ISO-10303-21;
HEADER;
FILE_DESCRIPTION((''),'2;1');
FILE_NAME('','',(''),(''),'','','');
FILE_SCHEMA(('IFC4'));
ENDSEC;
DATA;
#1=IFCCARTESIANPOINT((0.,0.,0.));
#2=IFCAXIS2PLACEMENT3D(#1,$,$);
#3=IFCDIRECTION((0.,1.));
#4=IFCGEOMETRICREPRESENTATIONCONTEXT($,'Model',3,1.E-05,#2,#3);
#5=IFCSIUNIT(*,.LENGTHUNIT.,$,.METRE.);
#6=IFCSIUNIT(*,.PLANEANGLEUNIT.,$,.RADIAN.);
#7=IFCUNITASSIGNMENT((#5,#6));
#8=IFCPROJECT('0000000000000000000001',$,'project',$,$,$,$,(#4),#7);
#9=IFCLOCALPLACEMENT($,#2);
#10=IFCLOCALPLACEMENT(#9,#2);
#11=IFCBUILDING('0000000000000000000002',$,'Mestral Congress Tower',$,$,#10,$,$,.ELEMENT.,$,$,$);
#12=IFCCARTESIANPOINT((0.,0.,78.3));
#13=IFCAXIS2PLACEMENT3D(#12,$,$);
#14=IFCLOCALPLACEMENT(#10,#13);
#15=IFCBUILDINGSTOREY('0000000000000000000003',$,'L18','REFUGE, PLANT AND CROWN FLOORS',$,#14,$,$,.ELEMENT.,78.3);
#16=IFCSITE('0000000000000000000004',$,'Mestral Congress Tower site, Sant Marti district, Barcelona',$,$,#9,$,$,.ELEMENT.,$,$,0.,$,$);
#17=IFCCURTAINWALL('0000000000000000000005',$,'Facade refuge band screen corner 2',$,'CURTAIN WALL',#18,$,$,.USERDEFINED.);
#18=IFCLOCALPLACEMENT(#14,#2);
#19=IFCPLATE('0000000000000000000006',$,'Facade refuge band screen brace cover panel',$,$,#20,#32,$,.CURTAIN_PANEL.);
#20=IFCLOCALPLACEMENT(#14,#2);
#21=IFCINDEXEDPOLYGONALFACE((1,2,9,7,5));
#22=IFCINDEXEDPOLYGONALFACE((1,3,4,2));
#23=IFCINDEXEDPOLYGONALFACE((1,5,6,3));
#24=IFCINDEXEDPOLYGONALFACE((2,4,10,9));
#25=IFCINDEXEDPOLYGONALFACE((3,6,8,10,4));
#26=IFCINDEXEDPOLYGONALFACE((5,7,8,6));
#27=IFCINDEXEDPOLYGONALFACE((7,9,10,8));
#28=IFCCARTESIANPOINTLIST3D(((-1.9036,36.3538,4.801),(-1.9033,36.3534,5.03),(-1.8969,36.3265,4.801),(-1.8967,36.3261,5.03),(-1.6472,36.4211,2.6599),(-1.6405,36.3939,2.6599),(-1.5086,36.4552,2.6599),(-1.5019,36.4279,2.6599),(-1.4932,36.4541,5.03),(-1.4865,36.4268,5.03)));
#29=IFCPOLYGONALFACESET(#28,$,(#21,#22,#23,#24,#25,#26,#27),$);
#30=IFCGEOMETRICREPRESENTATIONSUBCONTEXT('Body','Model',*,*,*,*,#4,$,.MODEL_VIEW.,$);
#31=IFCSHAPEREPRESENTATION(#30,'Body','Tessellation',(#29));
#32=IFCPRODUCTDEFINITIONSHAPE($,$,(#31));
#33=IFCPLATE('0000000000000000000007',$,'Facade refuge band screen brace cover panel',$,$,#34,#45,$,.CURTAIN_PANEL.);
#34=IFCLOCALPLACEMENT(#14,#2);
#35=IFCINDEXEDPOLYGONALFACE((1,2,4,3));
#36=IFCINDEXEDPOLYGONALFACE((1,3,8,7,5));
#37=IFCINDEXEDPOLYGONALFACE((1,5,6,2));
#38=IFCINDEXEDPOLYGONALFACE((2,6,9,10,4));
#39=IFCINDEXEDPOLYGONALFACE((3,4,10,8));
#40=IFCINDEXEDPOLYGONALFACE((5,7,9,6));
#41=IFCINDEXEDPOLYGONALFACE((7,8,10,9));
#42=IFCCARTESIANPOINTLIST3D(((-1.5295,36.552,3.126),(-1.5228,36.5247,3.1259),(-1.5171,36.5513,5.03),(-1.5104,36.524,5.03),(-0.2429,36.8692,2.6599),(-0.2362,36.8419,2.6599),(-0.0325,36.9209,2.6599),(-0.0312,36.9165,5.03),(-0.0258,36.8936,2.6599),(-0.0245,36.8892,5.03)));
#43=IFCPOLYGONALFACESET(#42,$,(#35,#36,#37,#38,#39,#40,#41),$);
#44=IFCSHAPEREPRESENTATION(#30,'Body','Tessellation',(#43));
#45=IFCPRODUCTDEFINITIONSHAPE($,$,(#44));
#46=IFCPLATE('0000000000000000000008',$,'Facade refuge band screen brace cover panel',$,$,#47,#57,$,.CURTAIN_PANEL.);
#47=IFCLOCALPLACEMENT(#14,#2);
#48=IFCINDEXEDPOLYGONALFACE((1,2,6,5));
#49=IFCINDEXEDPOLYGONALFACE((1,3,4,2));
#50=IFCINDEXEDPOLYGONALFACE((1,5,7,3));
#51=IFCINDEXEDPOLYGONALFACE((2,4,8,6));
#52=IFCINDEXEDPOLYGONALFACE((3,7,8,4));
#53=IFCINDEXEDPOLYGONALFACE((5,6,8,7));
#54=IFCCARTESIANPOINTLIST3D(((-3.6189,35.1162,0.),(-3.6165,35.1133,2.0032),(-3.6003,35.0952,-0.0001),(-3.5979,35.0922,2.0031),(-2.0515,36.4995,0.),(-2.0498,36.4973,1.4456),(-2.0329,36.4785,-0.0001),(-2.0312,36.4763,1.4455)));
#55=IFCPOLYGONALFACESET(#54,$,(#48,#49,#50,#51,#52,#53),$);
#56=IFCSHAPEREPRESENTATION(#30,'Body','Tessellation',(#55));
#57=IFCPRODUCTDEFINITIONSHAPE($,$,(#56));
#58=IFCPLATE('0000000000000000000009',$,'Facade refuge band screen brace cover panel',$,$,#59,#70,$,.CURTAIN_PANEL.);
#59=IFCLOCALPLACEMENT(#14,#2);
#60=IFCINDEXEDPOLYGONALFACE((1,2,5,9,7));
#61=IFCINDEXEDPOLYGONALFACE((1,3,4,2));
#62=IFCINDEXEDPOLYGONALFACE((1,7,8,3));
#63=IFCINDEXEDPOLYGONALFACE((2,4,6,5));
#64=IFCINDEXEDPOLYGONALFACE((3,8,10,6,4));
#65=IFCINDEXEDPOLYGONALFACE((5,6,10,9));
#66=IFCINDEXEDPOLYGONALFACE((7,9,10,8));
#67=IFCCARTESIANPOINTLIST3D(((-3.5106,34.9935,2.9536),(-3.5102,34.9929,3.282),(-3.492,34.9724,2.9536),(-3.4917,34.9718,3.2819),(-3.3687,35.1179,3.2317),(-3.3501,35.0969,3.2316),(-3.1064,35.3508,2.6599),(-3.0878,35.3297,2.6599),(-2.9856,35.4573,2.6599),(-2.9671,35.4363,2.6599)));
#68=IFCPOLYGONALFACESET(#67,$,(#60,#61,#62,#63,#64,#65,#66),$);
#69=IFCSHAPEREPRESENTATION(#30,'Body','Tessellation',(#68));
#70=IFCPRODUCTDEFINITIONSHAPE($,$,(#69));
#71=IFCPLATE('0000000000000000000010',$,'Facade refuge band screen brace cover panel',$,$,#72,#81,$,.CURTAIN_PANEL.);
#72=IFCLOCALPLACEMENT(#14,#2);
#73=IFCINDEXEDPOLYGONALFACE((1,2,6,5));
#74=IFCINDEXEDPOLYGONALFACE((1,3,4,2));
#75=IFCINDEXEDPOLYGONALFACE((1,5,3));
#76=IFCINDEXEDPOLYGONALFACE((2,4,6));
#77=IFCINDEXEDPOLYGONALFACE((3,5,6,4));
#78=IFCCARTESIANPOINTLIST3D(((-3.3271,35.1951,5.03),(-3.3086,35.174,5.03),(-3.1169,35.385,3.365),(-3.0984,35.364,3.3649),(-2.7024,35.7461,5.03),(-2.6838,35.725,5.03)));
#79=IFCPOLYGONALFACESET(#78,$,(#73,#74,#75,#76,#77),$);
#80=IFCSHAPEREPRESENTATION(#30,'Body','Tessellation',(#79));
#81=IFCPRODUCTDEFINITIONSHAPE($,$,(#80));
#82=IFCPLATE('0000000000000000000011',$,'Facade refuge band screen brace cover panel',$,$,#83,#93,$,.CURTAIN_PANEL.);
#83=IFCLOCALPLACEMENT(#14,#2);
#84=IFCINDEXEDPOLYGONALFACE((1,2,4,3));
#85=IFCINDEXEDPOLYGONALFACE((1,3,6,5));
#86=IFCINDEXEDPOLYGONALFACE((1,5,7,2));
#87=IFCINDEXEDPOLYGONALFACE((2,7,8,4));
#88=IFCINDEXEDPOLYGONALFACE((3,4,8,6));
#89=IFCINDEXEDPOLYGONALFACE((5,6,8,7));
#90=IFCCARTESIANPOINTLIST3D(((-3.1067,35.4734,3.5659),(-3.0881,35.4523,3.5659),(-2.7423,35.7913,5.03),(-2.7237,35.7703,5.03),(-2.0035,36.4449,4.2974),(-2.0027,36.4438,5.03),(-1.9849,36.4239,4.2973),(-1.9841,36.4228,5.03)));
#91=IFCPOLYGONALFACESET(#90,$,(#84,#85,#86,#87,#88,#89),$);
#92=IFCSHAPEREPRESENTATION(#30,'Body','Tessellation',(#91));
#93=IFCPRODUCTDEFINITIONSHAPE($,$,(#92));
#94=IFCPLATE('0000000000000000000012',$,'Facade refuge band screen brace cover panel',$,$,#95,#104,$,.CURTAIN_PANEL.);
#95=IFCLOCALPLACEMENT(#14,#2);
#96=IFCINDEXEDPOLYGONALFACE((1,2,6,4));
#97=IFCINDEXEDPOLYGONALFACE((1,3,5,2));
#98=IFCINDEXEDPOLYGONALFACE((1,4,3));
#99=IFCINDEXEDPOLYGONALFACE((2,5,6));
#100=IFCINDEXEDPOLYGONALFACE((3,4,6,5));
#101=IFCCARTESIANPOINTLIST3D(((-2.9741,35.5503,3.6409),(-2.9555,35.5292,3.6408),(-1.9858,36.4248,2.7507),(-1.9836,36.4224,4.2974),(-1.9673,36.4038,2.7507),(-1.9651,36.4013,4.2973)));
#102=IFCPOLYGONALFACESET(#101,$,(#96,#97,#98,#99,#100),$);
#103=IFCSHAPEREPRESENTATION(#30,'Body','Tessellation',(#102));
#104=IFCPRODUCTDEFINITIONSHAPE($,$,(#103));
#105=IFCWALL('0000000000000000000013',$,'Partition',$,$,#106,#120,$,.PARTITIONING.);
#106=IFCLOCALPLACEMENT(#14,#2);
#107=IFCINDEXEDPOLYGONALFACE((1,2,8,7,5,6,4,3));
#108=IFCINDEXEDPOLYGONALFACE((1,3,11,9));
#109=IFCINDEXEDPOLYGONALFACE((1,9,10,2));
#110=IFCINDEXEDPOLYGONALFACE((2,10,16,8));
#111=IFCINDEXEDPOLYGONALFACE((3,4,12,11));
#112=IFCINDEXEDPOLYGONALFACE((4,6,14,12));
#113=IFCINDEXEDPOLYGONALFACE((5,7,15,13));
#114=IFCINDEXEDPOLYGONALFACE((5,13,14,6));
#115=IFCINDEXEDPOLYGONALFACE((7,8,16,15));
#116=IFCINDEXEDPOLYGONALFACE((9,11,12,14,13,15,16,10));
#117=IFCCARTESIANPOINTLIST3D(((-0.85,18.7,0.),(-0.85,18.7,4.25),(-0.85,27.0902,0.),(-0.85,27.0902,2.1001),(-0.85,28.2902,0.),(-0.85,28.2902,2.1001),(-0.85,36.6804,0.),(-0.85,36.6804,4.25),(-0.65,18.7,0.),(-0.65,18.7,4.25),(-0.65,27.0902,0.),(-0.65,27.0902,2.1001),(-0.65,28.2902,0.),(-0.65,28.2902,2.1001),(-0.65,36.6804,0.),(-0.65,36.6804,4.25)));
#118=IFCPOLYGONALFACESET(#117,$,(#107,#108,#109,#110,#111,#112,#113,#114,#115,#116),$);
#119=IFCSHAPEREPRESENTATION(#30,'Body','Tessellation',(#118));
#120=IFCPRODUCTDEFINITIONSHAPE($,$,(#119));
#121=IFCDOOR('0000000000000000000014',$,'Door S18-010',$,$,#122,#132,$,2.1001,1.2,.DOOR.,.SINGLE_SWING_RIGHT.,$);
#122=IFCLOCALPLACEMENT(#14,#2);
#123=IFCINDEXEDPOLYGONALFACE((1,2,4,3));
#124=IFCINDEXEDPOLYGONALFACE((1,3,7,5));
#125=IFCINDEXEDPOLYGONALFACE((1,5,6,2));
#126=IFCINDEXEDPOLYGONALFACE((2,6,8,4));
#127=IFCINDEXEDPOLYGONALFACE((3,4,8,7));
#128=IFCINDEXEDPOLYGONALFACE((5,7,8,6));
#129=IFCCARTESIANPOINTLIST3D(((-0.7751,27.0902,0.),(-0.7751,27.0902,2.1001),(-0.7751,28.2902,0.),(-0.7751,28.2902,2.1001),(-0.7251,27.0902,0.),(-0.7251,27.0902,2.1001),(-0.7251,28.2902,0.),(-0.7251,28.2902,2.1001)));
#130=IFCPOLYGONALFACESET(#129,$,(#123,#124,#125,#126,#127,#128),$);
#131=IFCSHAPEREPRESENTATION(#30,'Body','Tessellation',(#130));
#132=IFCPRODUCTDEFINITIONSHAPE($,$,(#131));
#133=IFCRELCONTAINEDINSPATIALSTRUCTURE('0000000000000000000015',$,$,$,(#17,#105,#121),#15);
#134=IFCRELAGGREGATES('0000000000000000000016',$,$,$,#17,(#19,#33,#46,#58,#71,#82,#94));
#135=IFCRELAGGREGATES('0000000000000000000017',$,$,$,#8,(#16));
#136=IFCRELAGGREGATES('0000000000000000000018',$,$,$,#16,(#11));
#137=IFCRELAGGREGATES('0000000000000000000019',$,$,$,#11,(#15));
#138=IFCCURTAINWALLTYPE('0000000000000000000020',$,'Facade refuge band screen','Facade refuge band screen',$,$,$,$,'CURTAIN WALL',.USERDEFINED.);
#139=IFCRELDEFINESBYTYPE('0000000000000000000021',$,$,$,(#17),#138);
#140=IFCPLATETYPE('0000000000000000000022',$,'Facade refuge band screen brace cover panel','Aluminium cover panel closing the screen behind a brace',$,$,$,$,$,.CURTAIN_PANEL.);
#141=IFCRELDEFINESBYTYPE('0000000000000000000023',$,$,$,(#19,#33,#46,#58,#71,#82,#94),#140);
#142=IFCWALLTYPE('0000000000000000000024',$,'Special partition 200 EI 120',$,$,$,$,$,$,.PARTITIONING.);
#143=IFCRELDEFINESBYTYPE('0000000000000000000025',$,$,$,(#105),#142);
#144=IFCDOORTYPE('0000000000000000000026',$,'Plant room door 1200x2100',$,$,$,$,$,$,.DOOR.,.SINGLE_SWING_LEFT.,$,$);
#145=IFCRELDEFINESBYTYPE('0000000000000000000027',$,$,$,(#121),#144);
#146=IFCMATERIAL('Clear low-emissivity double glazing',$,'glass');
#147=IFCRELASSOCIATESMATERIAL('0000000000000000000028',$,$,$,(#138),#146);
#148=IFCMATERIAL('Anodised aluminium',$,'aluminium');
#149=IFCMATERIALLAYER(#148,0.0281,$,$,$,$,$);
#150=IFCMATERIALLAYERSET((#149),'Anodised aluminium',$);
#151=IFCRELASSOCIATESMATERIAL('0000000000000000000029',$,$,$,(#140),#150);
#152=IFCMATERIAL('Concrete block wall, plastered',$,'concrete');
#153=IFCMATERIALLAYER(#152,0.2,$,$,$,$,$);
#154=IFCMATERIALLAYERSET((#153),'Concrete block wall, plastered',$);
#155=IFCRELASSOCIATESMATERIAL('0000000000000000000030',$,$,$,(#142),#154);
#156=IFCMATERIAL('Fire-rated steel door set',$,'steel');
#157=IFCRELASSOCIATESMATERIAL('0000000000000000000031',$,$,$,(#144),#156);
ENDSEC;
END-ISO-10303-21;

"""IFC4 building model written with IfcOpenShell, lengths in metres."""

from ifc_helpers import new_model, si_unit, direction, frame, frame_2d, origin, place, context, subcontext, project, spatial, polyline, rectangle, outline, extrude, material, layer, layer_set, type_object, element, fill, aggregate, save


model = new_model("IFC4")

# Units and contexts
model_context = context("Model", 3, precision=1e-05, world=origin(), true_north=direction((0.0, 1.0)))
body_context = subcontext(model_context, "Body", "Model", "MODEL_VIEW")
ifc_project = project(units=[si_unit("LENGTHUNIT", "METRE"), si_unit("PLANEANGLEUNIT", "RADIAN")], contexts=[model_context])

# Site, building, storey
site_placement = place(None, origin())
site = spatial("IfcSite", under=ifc_project, at=site_placement, Name="Mestral Congress Tower site, Sant Marti district, Barcelona", CompositionType="ELEMENT", RefElevation=0.0)
building_placement = place(site_placement, origin())
building = spatial("IfcBuilding", under=site, at=building_placement, Name="Mestral Congress Tower", CompositionType="ELEMENT")
storey_placement = place(building_placement, frame((0.0, 0.0, 78.3)))
storey = spatial("IfcBuildingStorey", under=building, at=storey_placement, Name="L18", Description="REFUGE, PLANT AND CROWN FLOORS", CompositionType="ELEMENT", Elevation=78.3)

# Curtain wall
ifc_material_1 = material(Name="Clear low-emissivity double glazing", Category="glass")
curtain_wall_type = type_object("IfcCurtainWallType", Name="Facade refuge band screen", Description="Facade refuge band screen", ElementType="CURTAIN WALL", PredefinedType="USERDEFINED", material=ifc_material_1)
placement = place(storey_placement, origin())
curtain_wall_1 = element("IfcCurtainWall", 1, at=placement, inside=storey, type_object=curtain_wall_type, Name="Facade refuge band screen corner 2", ObjectType="CURTAIN WALL", PredefinedType="USERDEFINED")
ifc_material_2 = material(Name="Anodised aluminium", Category="aluminium")

# Plates
ifc_layer_1 = layer(ifc_material_2, 0.0281)
ifc_layer_set_1 = layer_set([ifc_layer_1], Name="Anodised aluminium")
plate_type_1 = type_object("IfcPlateType", Name="Facade refuge band screen brace cover panel", Description="Aluminium cover panel closing the screen behind a brace", PredefinedType="CURTAIN_PANEL", material=ifc_layer_set_1)
plate_1_placement = place(storey_placement, frame((-1.6472, 36.4211, 2.6599), z_axis=(-0.238361, 0.971175, 0.002009), x_axis=(0.971177, 0.238361, 0.000001)))
plate_1 = element("IfcPlate", 2, at=plate_1_placement, type_object=plate_type_1, Name="Facade refuge band screen brace cover panel", PredefinedType="CURTAIN_PANEL", context=body_context, shape_type="SweptSolid", body=[
    extrude(outline(polyline([(0.0, 0.0), (0.1428, 0.0), (0.1575, -2.3701), (-0.2649, -2.3701), (-0.265, -2.1411), (0.0, 0.0)])), origin(), (0.0, 0.0, -1.0), 0.0281),
])
plate_2_placement = place(storey_placement, frame((-0.0312, 36.9165, 5.03), z_axis=(-0.238698, 0.971092, 0.001921), x_axis=(-0.971094, -0.238699, 0.0)))
plate_2 = element("IfcPlate", 3, at=plate_2_placement, type_object=plate_type_1, Name="Facade refuge band screen brace cover panel", PredefinedType="CURTAIN_PANEL", context=body_context, shape_type="SweptSolid", body=[
    extrude(outline(polyline([(0.0, 0.0), (1.5301, 0.0), (1.542, -1.9041), (0.2169, -2.3701), (0.0001, -2.3701), (0.0, 0.0)])), origin(), (0.0, 0.0, -1.0), 0.0281),
])
plate_3_placement = place(storey_placement, frame((-2.0515, 36.4995, 0.0), z_axis=(-0.6617, 0.749767, 0.001911), x_axis=(0.001175, -0.001512, 0.999998)))
plate_3 = element("IfcPlate", 4, at=plate_3_placement, type_object=plate_type_1, Name="Facade refuge band screen brace cover panel", PredefinedType="CURTAIN_PANEL", context=body_context, shape_type="SweptSolid", body=[
    extrude(outline(polyline([(0.0, 0.0), (1.4456, 0.0), (2.0034, -2.0904), (0.0002, -2.0905), (0.0, 0.0)])), origin(), (0.0, 0.0, -1.0), 0.0281),
])
plate_4_placement = place(storey_placement, frame((-3.3687, 35.1179, 3.2317), z_axis=(-0.661524, 0.749921, 0.002018), x_axis=(-0.72433, -0.639642, 0.257303)))
plate_4 = element("IfcPlate", 5, at=plate_4_placement, type_object=plate_type_1, Name="Facade refuge band screen brace cover panel", PredefinedType="CURTAIN_PANEL", context=body_context, shape_type="SweptSolid", body=[
    extrude(outline(polyline([(0.0, 0.0), (0.1955, 0.0), (0.1108, -0.3173), (-0.486, -0.4623), (-0.6416, -0.4209), (0.0, 0.0)])), origin(), (0.0, 0.0, -1.0), 0.0281),
])
plate_5_placement = place(storey_placement, frame((-2.7024, 35.7461, 5.03), z_axis=(-0.661465, 0.749973, 0.002047), x_axis=(-0.749975, -0.661467, 0.0)))
plate_5 = element("IfcPlate", 6, at=plate_5_placement, type_object=plate_type_1, Name="Facade refuge band screen brace cover panel", PredefinedType="CURTAIN_PANEL", context=body_context, shape_type="SweptSolid", body=[
    extrude(outline(polyline([(0.0, 0.0), (0.833, 0.0), (0.5497, -1.665), (0.0, 0.0)])), origin(), (0.0, 0.0, -1.0), 0.0281),
])
plate_6_placement = place(storey_placement, frame((-3.1067, 35.4734, 3.5659), z_axis=(-0.66158, 0.749872, 0.001821), x_axis=(0.671892, 0.591699, 0.445481)))
plate_6 = element("IfcPlate", 7, at=plate_6_placement, type_object=plate_type_1, Name="Facade refuge band screen brace cover panel", PredefinedType="CURTAIN_PANEL", context=body_context, shape_type="SweptSolid", body=[
    extrude(outline(polyline([(0.0, 0.0), (1.6419, 0.0), (1.9682, -0.656), (1.0852, -1.0954), (0.0, 0.0)])), origin(), (0.0, 0.0, -1.0), 0.0281),
])
plate_7_placement = place(storey_placement, frame((-2.9741, 35.5503, 3.6409), z_axis=(-0.661611, 0.749844, 0.002124), x_axis=(0.620859, 0.549387, -0.559203)))
plate_7 = element("IfcPlate", 8, at=plate_7_placement, type_object=plate_type_1, Name="Facade refuge band screen brace cover panel", PredefinedType="CURTAIN_PANEL", context=body_context, shape_type="SweptSolid", body=[
    extrude(outline(polyline([(0.0, 0.0), (1.5918, 0.0), (0.7269, -1.2822), (0.0, 0.0)])), origin(), (0.0, 0.0, -1.0), 0.0281),
])

# Wall, opening, door
ifc_material_3 = material(Name="Concrete block wall, plastered", Category="concrete")
ifc_layer_2 = layer(ifc_material_3, 0.2)
ifc_layer_set_2 = layer_set([ifc_layer_2], Name="Concrete block wall, plastered")
wall_type = type_object("IfcWallType", Name="Special partition 200 EI 120", PredefinedType="PARTITIONING", material=ifc_layer_set_2)
wall_placement = place(storey_placement, frame((-0.75, 36.6804, 0.0), z_axis=(0.0, 0.0, 1.0), x_axis=(0.0, -1.0, 0.0)))
wall = element("IfcWall", 9, at=wall_placement, inside=storey, type_object=wall_type, Name="Partition", PredefinedType="PARTITIONING", context=body_context, shape_type="SweptSolid", body=[
    extrude(rectangle(XDim=17.9805, YDim=0.2, at=frame_2d((8.9902, 0.0))), origin(), (0.0, 0.0, 1.0), 4.25),
])
opening_placement = place(wall_placement, frame((8.3901, 0.0, 0.0)))
opening = element("IfcOpeningElement", 10, at=opening_placement, cuts=wall, PredefinedType="OPENING", context=body_context, shape_type="SweptSolid", body=[
    extrude(rectangle(XDim=1.2, YDim=2.1001, at=frame_2d((0.6001, 1.05))), frame((0.0, 0.1099, 0.0), z_axis=(0.0, -1.0, 0.0), x_axis=(1.0, 0.0, 0.0)), (0.0, 0.0, 1.0), 0.22),
])
ifc_material_4 = material(Name="Fire-rated steel door set", Category="steel")
door_type = type_object("IfcDoorType", Name="Plant room door 1200x2100", OperationType="SINGLE_SWING_LEFT", PredefinedType="DOOR", material=ifc_material_4)
door_placement = place(opening_placement, origin())
door = element("IfcDoor", 11, at=door_placement, inside=storey, type_object=door_type, Name="Door S18-010", OperationType="SINGLE_SWING_RIGHT", OverallHeight=2.1001, OverallWidth=1.2, PredefinedType="DOOR", context=body_context, shape_type="SweptSolid", body=[
    extrude(rectangle(XDim=1.2, YDim=2.1001, at=frame_2d((0.6001, 1.05))), frame((0.0, 0.0249, 0.0), z_axis=(0.0, -1.0, 0.0), x_axis=(1.0, 0.0, 0.0)), (0.0, 0.0, 1.0), 0.05),
])
fill(opening, door)

aggregate(curtain_wall_1, [plate_1, plate_2, plate_3, plate_4, plate_5, plate_6, plate_7])

save(model, "model.ifc")
